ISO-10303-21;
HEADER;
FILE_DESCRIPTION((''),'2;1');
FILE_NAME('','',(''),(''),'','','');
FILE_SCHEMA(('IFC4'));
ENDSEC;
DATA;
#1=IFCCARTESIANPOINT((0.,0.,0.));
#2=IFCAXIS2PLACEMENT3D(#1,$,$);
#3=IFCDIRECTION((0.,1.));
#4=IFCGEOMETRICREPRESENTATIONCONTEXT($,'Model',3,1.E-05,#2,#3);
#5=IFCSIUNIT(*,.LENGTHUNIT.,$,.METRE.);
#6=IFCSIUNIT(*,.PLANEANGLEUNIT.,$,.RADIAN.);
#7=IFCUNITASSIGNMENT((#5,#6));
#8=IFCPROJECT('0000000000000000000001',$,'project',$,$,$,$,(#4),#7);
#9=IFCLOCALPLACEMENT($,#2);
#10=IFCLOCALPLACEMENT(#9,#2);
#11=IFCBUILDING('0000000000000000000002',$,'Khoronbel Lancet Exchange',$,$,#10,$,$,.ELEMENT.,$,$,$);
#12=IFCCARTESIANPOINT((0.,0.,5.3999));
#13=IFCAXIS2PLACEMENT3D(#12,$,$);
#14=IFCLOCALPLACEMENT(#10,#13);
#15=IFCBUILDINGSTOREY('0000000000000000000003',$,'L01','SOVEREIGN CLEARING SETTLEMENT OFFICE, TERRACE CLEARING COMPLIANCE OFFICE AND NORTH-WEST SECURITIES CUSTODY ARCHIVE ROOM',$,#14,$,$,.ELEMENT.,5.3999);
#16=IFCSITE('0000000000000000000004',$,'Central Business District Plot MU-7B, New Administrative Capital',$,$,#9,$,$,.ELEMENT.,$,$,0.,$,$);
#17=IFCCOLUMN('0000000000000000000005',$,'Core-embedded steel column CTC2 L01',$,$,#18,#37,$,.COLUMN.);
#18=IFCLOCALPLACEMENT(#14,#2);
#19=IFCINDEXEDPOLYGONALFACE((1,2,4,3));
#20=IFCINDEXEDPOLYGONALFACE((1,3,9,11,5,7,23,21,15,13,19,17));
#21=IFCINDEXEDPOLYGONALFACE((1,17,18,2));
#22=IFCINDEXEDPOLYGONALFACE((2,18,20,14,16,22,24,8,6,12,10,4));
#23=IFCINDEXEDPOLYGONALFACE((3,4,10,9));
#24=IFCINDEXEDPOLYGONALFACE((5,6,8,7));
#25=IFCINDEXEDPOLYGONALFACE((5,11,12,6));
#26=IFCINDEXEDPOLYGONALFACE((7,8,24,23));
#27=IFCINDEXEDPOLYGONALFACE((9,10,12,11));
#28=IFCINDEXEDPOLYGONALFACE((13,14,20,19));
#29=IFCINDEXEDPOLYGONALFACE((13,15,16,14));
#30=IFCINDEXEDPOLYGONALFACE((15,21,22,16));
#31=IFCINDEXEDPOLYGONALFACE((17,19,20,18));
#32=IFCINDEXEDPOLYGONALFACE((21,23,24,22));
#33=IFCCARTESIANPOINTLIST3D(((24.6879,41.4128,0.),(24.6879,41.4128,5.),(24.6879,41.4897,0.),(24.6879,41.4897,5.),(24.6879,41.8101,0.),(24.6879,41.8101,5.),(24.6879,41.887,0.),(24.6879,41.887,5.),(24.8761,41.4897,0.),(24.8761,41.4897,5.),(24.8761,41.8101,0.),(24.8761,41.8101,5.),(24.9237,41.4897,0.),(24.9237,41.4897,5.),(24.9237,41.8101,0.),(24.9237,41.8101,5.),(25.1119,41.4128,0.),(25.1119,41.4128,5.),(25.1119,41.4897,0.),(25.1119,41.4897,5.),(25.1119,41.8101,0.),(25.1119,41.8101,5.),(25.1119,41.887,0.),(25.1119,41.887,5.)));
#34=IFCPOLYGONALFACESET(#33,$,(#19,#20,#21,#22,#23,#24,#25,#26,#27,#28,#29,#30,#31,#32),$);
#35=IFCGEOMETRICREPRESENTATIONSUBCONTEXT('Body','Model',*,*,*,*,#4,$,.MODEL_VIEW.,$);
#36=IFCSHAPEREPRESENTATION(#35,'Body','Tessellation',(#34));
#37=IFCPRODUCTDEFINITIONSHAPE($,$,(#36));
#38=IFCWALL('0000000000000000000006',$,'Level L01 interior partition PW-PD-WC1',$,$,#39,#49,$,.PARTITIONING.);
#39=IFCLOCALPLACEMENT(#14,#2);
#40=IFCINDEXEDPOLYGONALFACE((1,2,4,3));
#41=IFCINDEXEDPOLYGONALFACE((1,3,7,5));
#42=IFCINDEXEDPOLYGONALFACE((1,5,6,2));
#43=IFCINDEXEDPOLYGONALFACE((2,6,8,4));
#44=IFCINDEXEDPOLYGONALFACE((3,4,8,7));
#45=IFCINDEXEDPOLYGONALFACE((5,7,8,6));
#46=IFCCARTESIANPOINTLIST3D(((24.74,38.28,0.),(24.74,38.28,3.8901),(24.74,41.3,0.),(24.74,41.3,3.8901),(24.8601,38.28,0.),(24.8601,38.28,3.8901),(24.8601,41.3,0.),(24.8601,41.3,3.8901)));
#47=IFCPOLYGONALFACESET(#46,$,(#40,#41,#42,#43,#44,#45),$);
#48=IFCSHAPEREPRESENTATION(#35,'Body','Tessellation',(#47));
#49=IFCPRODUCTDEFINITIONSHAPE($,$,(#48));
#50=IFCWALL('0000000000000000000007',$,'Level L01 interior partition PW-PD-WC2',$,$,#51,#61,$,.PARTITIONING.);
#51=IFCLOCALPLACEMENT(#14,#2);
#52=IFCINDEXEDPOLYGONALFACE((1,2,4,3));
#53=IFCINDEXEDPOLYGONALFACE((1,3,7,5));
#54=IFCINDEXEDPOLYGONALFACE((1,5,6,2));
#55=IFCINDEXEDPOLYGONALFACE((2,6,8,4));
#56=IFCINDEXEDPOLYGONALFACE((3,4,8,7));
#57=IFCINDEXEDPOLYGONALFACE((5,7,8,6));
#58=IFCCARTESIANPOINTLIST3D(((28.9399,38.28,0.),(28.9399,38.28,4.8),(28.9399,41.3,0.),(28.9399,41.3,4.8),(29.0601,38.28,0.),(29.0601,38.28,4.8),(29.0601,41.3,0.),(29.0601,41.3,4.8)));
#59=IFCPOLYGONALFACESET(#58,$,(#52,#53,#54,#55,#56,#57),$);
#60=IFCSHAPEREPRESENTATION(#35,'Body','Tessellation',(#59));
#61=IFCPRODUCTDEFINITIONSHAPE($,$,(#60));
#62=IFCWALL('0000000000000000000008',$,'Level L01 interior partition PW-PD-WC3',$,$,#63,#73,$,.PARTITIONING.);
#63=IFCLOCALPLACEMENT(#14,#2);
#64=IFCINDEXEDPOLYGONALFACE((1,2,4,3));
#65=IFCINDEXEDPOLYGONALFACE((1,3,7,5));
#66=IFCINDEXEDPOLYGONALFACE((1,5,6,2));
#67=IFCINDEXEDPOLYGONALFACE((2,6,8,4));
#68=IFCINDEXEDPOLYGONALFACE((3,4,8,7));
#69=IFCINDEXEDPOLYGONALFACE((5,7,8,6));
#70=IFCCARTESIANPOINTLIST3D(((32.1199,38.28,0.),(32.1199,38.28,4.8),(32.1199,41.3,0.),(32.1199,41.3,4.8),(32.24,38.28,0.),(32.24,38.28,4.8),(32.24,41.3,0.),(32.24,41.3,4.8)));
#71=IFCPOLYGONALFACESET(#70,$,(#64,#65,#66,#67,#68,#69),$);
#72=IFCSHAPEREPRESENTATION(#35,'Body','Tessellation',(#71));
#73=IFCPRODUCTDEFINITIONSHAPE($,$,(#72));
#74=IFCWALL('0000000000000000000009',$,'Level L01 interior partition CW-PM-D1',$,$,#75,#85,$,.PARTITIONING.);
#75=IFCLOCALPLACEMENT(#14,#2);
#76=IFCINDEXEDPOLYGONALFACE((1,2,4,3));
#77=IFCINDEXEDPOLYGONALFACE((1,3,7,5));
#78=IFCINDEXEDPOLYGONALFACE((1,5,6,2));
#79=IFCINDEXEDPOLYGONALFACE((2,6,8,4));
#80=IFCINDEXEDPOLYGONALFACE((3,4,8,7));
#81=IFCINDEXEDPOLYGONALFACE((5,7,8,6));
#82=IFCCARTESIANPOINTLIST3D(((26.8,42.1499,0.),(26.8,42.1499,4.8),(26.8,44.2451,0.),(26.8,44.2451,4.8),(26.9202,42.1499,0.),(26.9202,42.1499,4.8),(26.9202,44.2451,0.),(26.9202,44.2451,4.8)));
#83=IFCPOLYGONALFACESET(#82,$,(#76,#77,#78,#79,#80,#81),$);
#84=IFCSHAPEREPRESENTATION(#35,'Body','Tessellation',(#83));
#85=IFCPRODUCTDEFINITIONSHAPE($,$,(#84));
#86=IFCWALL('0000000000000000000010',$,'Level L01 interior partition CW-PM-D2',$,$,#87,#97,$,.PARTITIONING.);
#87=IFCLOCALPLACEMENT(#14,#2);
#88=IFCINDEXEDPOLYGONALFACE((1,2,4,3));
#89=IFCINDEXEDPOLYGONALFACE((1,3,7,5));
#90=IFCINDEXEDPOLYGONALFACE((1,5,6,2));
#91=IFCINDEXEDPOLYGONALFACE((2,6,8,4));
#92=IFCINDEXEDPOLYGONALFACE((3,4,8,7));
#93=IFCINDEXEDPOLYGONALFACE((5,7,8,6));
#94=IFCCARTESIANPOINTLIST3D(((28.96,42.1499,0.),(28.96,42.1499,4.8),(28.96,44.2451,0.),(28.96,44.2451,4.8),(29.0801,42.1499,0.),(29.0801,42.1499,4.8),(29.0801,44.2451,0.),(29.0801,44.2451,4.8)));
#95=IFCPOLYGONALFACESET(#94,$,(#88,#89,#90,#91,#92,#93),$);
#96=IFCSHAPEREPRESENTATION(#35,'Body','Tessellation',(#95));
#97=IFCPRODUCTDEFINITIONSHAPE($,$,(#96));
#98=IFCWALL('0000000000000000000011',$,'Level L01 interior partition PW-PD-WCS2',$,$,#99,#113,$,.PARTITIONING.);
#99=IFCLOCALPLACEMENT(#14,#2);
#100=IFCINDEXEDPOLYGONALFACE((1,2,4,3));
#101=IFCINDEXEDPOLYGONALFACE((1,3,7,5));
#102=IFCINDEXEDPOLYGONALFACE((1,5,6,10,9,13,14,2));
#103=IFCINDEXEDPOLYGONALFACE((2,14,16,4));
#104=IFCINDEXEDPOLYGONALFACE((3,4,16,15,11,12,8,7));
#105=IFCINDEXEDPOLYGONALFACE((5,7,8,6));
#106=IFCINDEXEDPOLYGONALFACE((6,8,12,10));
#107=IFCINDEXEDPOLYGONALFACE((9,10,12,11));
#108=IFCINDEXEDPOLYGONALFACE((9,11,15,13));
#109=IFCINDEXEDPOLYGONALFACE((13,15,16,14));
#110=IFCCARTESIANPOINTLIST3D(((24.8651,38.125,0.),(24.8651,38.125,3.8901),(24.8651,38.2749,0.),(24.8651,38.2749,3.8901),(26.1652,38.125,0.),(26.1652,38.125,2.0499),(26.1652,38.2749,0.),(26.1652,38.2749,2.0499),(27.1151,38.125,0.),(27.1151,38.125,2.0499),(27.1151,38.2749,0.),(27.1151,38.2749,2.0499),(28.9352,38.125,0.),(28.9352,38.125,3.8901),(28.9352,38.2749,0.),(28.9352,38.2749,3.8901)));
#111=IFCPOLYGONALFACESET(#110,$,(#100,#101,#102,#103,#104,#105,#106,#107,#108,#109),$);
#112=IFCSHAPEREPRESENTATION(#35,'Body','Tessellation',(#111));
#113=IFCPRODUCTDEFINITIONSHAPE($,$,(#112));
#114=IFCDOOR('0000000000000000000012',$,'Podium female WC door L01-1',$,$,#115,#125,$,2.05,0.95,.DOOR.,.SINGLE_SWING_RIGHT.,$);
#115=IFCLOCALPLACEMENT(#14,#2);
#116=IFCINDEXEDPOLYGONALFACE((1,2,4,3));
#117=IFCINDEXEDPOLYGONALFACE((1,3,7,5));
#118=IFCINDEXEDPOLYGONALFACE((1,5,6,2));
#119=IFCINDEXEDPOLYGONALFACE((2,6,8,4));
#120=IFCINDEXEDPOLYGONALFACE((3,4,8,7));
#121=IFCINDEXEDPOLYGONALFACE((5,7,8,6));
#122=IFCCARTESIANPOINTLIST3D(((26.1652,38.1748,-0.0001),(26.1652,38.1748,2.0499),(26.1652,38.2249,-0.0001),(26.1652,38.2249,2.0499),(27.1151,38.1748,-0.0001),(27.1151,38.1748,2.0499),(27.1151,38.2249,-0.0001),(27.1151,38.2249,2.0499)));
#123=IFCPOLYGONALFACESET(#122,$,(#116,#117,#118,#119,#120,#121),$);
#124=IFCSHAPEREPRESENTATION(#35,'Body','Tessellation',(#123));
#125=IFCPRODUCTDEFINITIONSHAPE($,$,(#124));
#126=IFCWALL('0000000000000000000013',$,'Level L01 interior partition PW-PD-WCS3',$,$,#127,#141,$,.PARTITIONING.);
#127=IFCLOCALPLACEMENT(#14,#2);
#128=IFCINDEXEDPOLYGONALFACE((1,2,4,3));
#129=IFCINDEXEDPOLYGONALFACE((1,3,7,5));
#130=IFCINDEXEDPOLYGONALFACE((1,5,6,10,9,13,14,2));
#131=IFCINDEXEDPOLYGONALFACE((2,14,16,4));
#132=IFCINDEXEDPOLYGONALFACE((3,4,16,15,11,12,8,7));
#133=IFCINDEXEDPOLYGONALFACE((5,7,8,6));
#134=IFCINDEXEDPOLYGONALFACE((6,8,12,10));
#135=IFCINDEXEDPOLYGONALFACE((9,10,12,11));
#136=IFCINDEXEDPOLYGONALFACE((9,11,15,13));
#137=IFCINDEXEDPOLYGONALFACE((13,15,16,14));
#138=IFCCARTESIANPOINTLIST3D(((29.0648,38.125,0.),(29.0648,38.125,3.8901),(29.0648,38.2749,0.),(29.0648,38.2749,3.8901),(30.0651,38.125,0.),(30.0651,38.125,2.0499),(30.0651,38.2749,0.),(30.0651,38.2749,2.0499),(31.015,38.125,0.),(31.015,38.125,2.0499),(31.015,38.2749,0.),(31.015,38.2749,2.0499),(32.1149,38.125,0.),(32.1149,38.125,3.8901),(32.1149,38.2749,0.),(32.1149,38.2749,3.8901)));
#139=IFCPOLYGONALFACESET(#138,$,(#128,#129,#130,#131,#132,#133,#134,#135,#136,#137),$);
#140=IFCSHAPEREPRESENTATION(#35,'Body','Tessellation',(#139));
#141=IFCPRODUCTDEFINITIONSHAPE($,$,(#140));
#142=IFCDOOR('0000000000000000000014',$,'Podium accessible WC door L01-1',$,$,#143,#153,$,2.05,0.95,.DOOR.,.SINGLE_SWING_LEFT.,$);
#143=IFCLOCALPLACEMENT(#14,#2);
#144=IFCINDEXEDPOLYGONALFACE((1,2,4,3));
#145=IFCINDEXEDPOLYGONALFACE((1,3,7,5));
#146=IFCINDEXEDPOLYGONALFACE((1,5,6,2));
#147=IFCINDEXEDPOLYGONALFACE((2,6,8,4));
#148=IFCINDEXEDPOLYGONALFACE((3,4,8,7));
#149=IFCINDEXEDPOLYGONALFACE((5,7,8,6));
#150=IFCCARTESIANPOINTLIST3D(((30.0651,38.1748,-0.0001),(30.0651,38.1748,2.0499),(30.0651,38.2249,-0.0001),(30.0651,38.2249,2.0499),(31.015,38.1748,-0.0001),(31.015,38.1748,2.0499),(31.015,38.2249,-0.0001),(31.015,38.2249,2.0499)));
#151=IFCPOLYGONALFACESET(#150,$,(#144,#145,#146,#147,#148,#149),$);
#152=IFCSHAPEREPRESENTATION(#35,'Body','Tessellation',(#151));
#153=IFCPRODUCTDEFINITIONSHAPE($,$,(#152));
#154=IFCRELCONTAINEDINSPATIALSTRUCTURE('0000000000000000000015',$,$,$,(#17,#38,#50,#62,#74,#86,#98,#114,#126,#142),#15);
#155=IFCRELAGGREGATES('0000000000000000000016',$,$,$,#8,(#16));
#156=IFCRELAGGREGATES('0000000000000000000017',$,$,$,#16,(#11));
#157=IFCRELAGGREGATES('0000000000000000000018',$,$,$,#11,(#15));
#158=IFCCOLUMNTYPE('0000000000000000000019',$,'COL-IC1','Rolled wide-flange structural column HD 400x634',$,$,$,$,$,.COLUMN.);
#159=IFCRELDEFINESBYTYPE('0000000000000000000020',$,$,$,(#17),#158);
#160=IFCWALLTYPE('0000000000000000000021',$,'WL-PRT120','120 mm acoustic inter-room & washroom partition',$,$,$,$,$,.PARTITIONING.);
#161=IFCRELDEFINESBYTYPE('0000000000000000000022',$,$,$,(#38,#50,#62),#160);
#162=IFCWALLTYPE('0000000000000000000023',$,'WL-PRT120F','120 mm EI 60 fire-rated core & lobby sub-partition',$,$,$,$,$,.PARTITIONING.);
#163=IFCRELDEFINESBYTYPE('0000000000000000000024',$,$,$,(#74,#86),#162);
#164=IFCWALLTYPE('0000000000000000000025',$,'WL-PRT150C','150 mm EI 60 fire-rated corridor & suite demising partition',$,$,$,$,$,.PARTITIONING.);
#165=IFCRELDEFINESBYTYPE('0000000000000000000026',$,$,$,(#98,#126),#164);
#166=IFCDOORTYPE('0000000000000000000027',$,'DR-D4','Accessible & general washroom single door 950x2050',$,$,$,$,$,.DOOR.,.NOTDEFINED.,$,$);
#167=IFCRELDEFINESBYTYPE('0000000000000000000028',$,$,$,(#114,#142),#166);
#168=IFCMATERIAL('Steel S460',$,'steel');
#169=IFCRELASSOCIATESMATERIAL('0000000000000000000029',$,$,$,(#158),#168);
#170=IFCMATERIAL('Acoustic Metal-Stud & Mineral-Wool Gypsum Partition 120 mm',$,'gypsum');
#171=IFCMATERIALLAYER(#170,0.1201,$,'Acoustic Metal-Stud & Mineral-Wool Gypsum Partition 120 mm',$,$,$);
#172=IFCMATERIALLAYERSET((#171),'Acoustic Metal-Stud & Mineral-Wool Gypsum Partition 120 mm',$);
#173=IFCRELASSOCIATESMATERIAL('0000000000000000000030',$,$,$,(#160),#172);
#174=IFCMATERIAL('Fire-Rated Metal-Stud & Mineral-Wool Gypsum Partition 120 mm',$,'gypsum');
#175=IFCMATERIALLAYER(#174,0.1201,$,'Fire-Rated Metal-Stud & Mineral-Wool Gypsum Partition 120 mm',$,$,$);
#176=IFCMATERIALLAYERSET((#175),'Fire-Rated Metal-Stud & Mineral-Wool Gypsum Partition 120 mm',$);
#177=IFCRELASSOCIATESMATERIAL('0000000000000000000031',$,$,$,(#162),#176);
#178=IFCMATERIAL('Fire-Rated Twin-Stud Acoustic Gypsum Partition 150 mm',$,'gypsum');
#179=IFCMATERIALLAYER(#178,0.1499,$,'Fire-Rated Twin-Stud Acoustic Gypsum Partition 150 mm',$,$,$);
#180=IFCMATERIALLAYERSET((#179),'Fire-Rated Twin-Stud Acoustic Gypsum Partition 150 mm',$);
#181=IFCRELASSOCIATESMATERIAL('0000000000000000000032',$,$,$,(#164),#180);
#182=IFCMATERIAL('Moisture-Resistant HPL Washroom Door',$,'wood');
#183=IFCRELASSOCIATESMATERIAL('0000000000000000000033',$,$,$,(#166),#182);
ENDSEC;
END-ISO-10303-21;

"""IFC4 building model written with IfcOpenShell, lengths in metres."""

from ifc_helpers import new_model, si_unit, direction, frame, frame_2d, origin, origin_2d, place, context, subcontext, project, spatial, rectangle, i_section, extrude, material, layer, layer_set, material_profile, profile_set, type_object, element, fill, save


model = new_model("IFC4")

# Units and contexts
model_context = context("Model", 3, precision=1e-05, world=origin(), true_north=direction((0.0, 1.0)))
body_context = subcontext(model_context, "Body", "Model", "MODEL_VIEW")
ifc_project = project(units=[si_unit("LENGTHUNIT", "METRE"), si_unit("PLANEANGLEUNIT", "RADIAN")], contexts=[model_context])

# Site, building, storey
site_placement = place(None, origin())
site = spatial("IfcSite", under=ifc_project, at=site_placement, Name="Central Business District Plot MU-7B, New Administrative Capital", CompositionType="ELEMENT", RefElevation=0.0)
building_placement = place(site_placement, origin())
building = spatial("IfcBuilding", under=site, at=building_placement, Name="Khoronbel Lancet Exchange", CompositionType="ELEMENT")
storey_placement = place(building_placement, frame((0.0, 0.0, 5.3999)))
storey = spatial("IfcBuildingStorey", under=building, at=storey_placement, Name="L01", Description="SOVEREIGN CLEARING SETTLEMENT OFFICE, TERRACE CLEARING COMPLIANCE OFFICE AND NORTH-WEST SECURITIES CUSTODY ARCHIVE ROOM", CompositionType="ELEMENT", Elevation=5.3999)

# Column
ifc_material_1 = material(Name="Steel S460", Category="steel")
ifc_material_profile = material_profile(ifc_material_1, i_section(OverallWidth=0.4241, OverallDepth=0.4741, WebThickness=0.0476, FlangeThickness=0.0769, at=origin_2d()), Name="HD 400x634")
ifc_profile_set = profile_set([ifc_material_profile], Name="Steel S460")
column_type = type_object("IfcColumnType", Name="COL-IC1", Description="Rolled wide-flange structural column HD 400x634", PredefinedType="COLUMN", material=ifc_profile_set)
column_placement = place(storey_placement, frame((24.8999, 41.6499, 0.0), z_axis=(0.0, 0.0, 1.0), x_axis=(1.0, 0.0, 0.0)))
element("IfcColumn", 1, at=column_placement, inside=storey, type_object=column_type, Name="Core-embedded steel column CTC2 L01", PredefinedType="COLUMN", context=body_context, shape_type="SweptSolid", body=[
    extrude(i_section(OverallWidth=0.4241, OverallDepth=0.4741, WebThickness=0.0476, FlangeThickness=0.0769, at=origin_2d()), origin(), (0.0, 0.0, 1.0), 5.0),
])

# Walls
ifc_material_2 = material(Name="Acoustic Metal-Stud & Mineral-Wool Gypsum Partition 120 mm", Category="gypsum")
ifc_layer_1 = layer(ifc_material_2, 0.1201, Name="Acoustic Metal-Stud & Mineral-Wool Gypsum Partition 120 mm")
ifc_layer_set_1 = layer_set([ifc_layer_1], Name="Acoustic Metal-Stud & Mineral-Wool Gypsum Partition 120 mm")
wall_type_1 = type_object("IfcWallType", Name="WL-PRT120", Description="120 mm acoustic inter-room & washroom partition", PredefinedType="PARTITIONING", material=ifc_layer_set_1)
wall_1_placement = place(storey_placement, frame((24.8, 38.28, 0.0), z_axis=(0.0, 0.0, 1.0), x_axis=(0.0, 1.0, 0.0)))
element("IfcWall", 2, at=wall_1_placement, inside=storey, type_object=wall_type_1, Name="Level L01 interior partition PW-PD-WC1", PredefinedType="PARTITIONING", context=body_context, shape_type="SweptSolid", body=[
    extrude(rectangle(XDim=3.02, YDim=0.1201, at=frame_2d((1.51, 0.0))), origin(), (0.0, 0.0, 1.0), 3.8901),
])
for number, where, z_axis, x_axis, name in (
    (3, (29.0, 38.28, 0.0), (0.0, 0.0, 1.0), (0.0, 1.0, 0.0), "Level L01 interior partition PW-PD-WC2"),
    (4, (32.1799, 38.28, 0.0), (0.0, 0.0, 1.0), (0.0, 1.0, 0.0), "Level L01 interior partition PW-PD-WC3"),
):
    element("IfcWall", number, at=place(storey_placement, frame(where, z_axis=z_axis, x_axis=x_axis)), inside=storey, type_object=wall_type_1, Name=name, PredefinedType="PARTITIONING", context=body_context, shape_type="SweptSolid", body=[
        extrude(rectangle(XDim=3.02, YDim=0.1201, at=frame_2d((1.51, 0.0))), origin(), (0.0, 0.0, 1.0), 4.8),
    ])
ifc_material_3 = material(Name="Fire-Rated Metal-Stud & Mineral-Wool Gypsum Partition 120 mm", Category="gypsum")
ifc_layer_2 = layer(ifc_material_3, 0.1201, Name="Fire-Rated Metal-Stud & Mineral-Wool Gypsum Partition 120 mm")
ifc_layer_set_2 = layer_set([ifc_layer_2], Name="Fire-Rated Metal-Stud & Mineral-Wool Gypsum Partition 120 mm")
wall_type_2 = type_object("IfcWallType", Name="WL-PRT120F", Description="120 mm EI 60 fire-rated core & lobby sub-partition", PredefinedType="PARTITIONING", material=ifc_layer_set_2)
for number, where, z_axis, x_axis, name in (
    (5, (26.8601, 42.1499, 0.0), (0.0, 0.0, 1.0), (0.0, 1.0, 0.0), "Level L01 interior partition CW-PM-D1"),
    (6, (29.02, 42.1499, 0.0), (0.0, 0.0, 1.0), (0.0, 1.0, 0.0), "Level L01 interior partition CW-PM-D2"),
):
    element("IfcWall", number, at=place(storey_placement, frame(where, z_axis=z_axis, x_axis=x_axis)), inside=storey, type_object=wall_type_2, Name=name, PredefinedType="PARTITIONING", context=body_context, shape_type="SweptSolid", body=[
        extrude(rectangle(XDim=2.0952, YDim=0.1201, at=frame_2d((1.0476, 0.0))), origin(), (0.0, 0.0, 1.0), 4.8),
    ])

# Walls, openings, doors
ifc_material_4 = material(Name="Fire-Rated Twin-Stud Acoustic Gypsum Partition 150 mm", Category="gypsum")
ifc_layer_3 = layer(ifc_material_4, 0.1499, Name="Fire-Rated Twin-Stud Acoustic Gypsum Partition 150 mm")
ifc_layer_set_3 = layer_set([ifc_layer_3], Name="Fire-Rated Twin-Stud Acoustic Gypsum Partition 150 mm")
wall_type_3 = type_object("IfcWallType", Name="WL-PRT150C", Description="150 mm EI 60 fire-rated corridor & suite demising partition", PredefinedType="PARTITIONING", material=ifc_layer_set_3)
wall_2_placement = place(storey_placement, frame((24.865, 38.2, 0.0), z_axis=(0.0, 0.0, 1.0), x_axis=(1.0, 0.0, 0.0)))
wall_2 = element("IfcWall", 7, at=wall_2_placement, inside=storey, type_object=wall_type_3, Name="Level L01 interior partition PW-PD-WCS2", PredefinedType="PARTITIONING", context=body_context, shape_type="SweptSolid", body=[
    extrude(rectangle(XDim=4.0701, YDim=0.1499, at=frame_2d((2.0352, 0.0))), origin(), (0.0, 0.0, 1.0), 3.8901),
])
opening_1_placement = place(wall_2_placement, frame((1.3, 0.0, 0.0)))
opening_1 = element("IfcOpeningElement", 8, at=opening_1_placement, cuts=wall_2, PredefinedType="OPENING", context=body_context, shape_type="SweptSolid", body=[
    extrude(rectangle(XDim=0.95, YDim=2.05, at=frame_2d((0.4751, 1.0249))), frame((0.0, 0.085, 0.0), z_axis=(0.0, -1.0, 0.0), x_axis=(1.0, 0.0, 0.0)), (0.0, 0.0, 1.0), 0.1699),
])
ifc_material_5 = material(Name="Moisture-Resistant HPL Washroom Door", Category="wood")
door_type_1 = type_object("IfcDoorType", Name="DR-D4", Description="Accessible & general washroom single door 950x2050", OperationType="NOTDEFINED", PredefinedType="DOOR", material=ifc_material_5)
door_1_placement = place(opening_1_placement, origin())
door_1 = element("IfcDoor", 9, at=door_1_placement, inside=storey, type_object=door_type_1, Name="Podium female WC door L01-1", OperationType="SINGLE_SWING_RIGHT", OverallHeight=2.05, OverallWidth=0.95, PredefinedType="DOOR", context=body_context, shape_type="SweptSolid", body=[
    extrude(rectangle(XDim=0.95, YDim=2.05, at=frame_2d((0.4751, 1.0249))), frame((0.0, 0.0249, 0.0), z_axis=(0.0, -1.0, 0.0), x_axis=(1.0, 0.0, 0.0)), (0.0, 0.0, 1.0), 0.05),
])
fill(opening_1, door_1)
wall_3_placement = place(storey_placement, frame((29.0649, 38.2, 0.0), z_axis=(0.0, 0.0, 1.0), x_axis=(1.0, 0.0, 0.0)))
wall_3 = element("IfcWall", 10, at=wall_3_placement, inside=storey, type_object=wall_type_3, Name="Level L01 interior partition PW-PD-WCS3", PredefinedType="PARTITIONING", context=body_context, shape_type="SweptSolid", body=[
    extrude(rectangle(XDim=3.05, YDim=0.1499, at=frame_2d((1.5249, 0.0))), origin(), (0.0, 0.0, 1.0), 3.8901),
])
opening_2_placement = place(wall_3_placement, frame((1.0, 0.0, 0.0)))
opening_2 = element("IfcOpeningElement", 11, at=opening_2_placement, cuts=wall_3, PredefinedType="OPENING", context=body_context, shape_type="SweptSolid", body=[
    extrude(rectangle(XDim=0.95, YDim=2.05, at=frame_2d((0.4751, 1.0249))), frame((0.0, 0.085, 0.0), z_axis=(0.0, -1.0, 0.0), x_axis=(1.0, 0.0, 0.0)), (0.0, 0.0, 1.0), 0.1699),
])
door_2_placement = place(opening_2_placement, origin())
door_2 = element("IfcDoor", 12, at=door_2_placement, inside=storey, type_object=door_type_1, Name="Podium accessible WC door L01-1", OperationType="SINGLE_SWING_LEFT", OverallHeight=2.05, OverallWidth=0.95, PredefinedType="DOOR", context=body_context, shape_type="SweptSolid", body=[
    extrude(rectangle(XDim=0.95, YDim=2.05, at=frame_2d((0.4751, 1.0249))), frame((0.0, 0.0249, 0.0), z_axis=(0.0, -1.0, 0.0), x_axis=(1.0, 0.0, 0.0)), (0.0, 0.0, 1.0), 0.05),
])
fill(opening_2, door_2)

save(model, "model.ifc")
